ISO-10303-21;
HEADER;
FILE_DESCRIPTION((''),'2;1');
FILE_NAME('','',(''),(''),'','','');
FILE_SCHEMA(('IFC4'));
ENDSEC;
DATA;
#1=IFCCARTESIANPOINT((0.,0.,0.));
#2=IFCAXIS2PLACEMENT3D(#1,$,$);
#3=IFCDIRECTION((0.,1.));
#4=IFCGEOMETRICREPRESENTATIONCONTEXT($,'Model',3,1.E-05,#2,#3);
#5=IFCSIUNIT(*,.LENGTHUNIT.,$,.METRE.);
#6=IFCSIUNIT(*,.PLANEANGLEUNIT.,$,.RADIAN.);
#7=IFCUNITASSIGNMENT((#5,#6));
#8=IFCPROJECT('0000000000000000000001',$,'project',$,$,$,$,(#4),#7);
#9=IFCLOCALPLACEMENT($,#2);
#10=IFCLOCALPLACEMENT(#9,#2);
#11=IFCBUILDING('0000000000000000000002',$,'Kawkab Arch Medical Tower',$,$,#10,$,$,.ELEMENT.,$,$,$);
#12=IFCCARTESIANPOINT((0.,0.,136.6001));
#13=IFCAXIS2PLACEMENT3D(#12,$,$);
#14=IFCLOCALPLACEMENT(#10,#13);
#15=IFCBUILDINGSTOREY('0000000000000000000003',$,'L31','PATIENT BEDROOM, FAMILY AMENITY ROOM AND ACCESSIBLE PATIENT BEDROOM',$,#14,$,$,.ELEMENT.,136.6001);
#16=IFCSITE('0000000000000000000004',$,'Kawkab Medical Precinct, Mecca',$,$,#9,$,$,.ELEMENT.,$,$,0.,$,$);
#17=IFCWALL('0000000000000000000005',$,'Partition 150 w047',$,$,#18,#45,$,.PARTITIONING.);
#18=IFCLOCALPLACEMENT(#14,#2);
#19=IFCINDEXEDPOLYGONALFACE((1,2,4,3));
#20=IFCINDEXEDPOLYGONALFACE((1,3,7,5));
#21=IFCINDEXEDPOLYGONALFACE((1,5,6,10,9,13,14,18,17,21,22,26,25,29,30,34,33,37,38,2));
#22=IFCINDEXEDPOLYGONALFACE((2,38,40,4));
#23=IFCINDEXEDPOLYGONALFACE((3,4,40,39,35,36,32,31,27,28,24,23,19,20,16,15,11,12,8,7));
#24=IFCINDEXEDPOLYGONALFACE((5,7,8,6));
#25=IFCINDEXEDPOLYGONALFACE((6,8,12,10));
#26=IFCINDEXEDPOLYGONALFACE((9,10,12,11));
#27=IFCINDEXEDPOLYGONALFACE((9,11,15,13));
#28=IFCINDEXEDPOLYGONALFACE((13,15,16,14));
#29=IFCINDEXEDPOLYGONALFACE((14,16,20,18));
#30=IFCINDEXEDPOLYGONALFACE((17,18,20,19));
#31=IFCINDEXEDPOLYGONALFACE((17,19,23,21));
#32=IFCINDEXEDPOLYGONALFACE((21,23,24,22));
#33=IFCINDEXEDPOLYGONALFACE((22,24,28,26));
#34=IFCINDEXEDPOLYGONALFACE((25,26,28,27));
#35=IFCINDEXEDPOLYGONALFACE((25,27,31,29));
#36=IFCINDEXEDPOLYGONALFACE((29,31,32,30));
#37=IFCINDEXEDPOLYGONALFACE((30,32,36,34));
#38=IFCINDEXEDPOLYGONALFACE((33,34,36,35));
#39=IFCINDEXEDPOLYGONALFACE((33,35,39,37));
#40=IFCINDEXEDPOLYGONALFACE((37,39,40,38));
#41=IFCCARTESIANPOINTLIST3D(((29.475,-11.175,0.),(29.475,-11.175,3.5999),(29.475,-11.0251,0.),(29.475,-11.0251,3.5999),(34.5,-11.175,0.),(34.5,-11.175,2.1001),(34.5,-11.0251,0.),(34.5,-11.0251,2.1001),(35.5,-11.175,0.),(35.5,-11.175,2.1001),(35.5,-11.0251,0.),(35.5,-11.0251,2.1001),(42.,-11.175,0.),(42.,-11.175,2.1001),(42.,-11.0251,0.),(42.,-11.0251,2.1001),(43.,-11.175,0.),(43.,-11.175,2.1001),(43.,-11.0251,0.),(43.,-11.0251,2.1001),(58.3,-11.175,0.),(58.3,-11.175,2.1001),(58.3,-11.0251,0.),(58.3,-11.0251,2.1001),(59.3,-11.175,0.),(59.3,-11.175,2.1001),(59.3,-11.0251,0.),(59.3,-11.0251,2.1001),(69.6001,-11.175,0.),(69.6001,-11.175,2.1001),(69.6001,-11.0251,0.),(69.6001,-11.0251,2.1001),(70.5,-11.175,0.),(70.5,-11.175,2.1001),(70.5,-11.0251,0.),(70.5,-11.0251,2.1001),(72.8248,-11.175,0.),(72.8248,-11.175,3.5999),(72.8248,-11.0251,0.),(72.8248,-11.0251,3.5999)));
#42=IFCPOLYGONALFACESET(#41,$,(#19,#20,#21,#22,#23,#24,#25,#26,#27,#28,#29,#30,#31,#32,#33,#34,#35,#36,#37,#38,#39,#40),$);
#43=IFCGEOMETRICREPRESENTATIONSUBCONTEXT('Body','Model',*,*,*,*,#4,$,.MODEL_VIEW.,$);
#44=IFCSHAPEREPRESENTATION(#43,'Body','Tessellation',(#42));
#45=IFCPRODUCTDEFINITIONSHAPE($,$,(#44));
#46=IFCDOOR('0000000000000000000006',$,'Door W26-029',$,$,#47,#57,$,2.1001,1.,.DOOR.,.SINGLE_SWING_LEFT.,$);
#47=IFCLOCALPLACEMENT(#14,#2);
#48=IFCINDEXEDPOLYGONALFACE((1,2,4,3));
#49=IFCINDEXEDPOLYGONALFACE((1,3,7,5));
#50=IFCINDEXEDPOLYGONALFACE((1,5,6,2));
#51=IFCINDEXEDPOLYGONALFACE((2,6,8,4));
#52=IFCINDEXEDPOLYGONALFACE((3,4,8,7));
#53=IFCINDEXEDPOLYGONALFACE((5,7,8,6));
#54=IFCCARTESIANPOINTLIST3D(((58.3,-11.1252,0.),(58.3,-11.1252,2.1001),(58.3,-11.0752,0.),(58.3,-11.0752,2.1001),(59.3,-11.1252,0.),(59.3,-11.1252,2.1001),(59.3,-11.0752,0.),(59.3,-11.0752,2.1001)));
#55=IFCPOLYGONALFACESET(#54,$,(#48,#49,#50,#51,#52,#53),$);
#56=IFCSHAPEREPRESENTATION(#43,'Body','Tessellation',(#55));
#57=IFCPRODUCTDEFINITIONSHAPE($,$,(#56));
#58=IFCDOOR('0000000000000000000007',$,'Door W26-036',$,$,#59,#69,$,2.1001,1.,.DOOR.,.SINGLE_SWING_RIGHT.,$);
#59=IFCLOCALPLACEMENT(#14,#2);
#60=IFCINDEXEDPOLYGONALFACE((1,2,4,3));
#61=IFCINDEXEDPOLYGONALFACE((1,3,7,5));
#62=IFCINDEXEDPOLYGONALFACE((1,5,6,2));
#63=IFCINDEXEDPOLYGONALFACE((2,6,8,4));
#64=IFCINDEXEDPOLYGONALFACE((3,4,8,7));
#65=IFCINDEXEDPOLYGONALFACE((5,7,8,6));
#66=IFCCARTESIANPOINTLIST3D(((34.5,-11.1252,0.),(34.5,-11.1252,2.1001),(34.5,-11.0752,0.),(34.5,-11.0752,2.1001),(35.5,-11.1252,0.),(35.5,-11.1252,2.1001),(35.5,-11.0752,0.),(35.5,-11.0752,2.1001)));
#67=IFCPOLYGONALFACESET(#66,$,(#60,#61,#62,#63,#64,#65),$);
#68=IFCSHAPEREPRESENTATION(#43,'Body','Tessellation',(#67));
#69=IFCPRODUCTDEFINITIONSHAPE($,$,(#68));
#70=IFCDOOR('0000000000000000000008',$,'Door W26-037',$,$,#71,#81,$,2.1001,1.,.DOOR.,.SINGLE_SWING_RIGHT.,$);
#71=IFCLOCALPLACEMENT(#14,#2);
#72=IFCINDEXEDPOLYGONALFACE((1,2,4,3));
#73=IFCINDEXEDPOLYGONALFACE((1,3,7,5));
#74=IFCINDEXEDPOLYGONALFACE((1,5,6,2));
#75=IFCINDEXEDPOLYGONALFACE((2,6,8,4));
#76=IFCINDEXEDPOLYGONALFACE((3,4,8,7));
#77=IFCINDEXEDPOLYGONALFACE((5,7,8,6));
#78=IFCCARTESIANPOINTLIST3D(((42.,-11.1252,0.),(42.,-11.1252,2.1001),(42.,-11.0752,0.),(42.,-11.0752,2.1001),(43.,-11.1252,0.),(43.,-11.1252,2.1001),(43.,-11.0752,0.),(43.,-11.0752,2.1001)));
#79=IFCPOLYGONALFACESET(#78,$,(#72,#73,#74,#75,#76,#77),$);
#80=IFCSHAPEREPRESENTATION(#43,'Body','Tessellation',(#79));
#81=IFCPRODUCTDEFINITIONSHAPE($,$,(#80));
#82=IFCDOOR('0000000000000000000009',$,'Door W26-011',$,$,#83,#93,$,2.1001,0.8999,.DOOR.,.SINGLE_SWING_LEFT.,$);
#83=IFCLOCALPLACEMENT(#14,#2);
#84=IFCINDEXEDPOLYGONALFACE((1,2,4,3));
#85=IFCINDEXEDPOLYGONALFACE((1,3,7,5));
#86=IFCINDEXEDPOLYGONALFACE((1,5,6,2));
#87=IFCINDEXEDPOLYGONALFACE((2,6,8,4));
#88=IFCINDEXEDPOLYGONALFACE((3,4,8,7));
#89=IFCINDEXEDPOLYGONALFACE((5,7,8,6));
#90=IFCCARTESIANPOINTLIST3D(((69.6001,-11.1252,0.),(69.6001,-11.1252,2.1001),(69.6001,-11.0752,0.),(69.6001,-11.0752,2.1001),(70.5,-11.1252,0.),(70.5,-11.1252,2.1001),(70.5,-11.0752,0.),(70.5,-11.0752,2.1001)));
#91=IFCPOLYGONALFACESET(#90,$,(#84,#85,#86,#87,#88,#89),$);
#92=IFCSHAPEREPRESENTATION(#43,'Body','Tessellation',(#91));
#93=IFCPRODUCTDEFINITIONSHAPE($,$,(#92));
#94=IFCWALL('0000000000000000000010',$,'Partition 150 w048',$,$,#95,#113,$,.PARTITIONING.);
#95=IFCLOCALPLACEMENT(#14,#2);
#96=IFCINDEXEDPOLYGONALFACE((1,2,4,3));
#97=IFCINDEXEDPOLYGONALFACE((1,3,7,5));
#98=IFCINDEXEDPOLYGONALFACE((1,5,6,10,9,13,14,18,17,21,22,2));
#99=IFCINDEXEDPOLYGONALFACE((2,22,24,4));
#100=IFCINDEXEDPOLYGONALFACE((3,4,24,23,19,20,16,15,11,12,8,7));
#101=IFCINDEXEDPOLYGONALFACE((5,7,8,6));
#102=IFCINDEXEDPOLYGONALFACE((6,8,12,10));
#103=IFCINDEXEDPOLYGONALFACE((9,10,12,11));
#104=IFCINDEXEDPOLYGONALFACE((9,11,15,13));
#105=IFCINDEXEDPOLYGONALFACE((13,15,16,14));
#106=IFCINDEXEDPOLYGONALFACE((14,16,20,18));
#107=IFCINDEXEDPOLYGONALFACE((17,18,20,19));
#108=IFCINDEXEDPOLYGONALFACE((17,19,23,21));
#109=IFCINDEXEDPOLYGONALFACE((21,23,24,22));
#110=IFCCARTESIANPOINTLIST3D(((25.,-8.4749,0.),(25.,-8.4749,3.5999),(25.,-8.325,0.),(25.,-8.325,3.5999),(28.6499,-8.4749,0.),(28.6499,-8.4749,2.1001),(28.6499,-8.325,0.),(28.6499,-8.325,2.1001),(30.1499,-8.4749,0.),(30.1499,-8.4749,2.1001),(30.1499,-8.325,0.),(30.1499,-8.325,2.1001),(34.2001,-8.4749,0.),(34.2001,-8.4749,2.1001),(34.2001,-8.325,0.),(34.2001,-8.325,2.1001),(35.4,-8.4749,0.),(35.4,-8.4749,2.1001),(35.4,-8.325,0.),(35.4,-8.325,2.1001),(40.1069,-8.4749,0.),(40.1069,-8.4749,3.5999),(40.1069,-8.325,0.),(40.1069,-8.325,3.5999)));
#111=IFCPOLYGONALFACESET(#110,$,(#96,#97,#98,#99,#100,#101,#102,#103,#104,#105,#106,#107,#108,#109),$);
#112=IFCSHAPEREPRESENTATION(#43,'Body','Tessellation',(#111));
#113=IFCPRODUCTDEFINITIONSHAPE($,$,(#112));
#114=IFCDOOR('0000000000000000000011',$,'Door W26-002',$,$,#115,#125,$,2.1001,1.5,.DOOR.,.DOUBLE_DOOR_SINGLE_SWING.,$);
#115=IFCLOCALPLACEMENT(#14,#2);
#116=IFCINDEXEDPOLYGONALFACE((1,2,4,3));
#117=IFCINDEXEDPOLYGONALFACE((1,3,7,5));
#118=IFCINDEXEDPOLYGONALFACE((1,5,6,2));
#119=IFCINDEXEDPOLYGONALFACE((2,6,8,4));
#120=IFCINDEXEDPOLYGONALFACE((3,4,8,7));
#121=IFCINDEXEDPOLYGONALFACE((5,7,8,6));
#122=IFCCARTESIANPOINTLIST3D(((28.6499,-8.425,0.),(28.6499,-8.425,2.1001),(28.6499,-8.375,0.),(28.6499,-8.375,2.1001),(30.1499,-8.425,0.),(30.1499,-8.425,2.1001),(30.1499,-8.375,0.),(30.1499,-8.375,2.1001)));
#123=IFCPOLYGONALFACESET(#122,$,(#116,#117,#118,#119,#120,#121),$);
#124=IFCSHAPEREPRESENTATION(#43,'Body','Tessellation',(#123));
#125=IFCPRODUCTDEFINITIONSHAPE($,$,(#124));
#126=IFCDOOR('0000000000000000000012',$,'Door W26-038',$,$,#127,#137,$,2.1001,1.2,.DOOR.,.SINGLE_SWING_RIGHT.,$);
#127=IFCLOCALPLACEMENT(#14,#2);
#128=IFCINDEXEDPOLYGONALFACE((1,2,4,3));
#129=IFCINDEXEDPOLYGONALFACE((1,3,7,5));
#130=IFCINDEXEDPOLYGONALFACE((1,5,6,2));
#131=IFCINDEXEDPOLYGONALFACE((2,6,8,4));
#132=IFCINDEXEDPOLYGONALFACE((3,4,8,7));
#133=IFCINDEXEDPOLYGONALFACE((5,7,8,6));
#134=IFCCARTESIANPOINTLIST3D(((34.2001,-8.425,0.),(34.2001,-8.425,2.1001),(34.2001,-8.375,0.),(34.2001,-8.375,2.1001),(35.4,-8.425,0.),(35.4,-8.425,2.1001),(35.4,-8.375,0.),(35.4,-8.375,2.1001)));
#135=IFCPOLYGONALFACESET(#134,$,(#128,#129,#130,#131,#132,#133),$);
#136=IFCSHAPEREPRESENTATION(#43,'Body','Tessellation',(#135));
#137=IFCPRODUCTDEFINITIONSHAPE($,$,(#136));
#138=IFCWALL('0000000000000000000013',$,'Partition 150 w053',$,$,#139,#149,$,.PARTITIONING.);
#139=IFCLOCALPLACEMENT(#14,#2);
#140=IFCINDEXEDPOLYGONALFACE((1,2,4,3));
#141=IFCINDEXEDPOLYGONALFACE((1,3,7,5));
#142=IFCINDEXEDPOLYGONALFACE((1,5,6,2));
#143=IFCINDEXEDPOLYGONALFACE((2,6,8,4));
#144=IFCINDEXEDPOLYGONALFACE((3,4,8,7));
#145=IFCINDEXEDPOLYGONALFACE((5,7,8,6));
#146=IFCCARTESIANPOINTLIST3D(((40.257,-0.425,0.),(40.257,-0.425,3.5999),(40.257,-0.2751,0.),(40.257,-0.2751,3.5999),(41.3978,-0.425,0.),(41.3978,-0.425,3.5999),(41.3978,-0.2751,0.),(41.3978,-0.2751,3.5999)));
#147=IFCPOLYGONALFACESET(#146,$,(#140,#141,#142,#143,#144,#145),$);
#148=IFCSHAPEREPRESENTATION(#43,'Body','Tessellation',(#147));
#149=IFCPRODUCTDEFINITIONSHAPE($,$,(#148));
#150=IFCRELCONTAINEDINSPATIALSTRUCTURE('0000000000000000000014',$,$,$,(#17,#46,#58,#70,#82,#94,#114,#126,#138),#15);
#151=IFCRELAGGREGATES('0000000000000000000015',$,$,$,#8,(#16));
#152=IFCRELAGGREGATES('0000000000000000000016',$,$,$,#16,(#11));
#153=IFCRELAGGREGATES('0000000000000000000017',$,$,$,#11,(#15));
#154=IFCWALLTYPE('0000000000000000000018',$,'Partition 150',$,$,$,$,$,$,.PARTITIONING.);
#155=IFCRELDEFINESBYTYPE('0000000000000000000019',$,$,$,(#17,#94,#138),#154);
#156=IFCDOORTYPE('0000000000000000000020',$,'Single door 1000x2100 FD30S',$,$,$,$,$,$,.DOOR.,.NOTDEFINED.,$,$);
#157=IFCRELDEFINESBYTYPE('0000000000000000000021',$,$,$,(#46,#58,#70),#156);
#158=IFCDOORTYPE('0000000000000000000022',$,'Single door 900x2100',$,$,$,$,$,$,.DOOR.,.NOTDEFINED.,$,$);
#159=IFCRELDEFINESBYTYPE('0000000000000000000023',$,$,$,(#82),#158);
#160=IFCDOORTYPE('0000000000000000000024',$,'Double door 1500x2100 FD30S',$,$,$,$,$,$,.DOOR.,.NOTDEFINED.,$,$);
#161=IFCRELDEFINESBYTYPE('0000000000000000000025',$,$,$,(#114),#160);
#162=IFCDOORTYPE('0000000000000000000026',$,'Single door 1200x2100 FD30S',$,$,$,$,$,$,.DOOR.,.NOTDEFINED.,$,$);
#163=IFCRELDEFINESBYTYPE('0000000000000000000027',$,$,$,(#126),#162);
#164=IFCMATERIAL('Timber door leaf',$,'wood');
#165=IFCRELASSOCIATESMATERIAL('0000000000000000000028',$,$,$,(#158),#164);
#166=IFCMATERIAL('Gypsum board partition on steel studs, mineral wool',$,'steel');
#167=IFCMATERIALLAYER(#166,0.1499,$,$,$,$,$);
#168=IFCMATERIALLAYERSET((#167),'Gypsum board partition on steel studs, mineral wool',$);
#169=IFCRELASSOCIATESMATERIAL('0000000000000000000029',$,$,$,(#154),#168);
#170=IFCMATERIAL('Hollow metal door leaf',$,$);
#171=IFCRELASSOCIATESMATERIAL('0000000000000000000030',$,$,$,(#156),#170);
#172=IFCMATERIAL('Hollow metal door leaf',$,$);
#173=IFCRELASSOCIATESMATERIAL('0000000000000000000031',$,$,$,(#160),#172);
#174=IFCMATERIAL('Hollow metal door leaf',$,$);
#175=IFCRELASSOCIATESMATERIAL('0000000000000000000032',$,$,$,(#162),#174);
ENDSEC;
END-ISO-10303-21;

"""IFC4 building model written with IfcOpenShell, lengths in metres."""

from ifc_helpers import new_model, si_unit, direction, frame, frame_2d, origin, place, context, subcontext, project, spatial, rectangle, extrude, material, layer, layer_set, type_object, element, fill, save


model = new_model("IFC4")

# Units and contexts
model_context = context("Model", 3, precision=1e-05, world=origin(), true_north=direction((0.0, 1.0)))
body_context = subcontext(model_context, "Body", "Model", "MODEL_VIEW")
ifc_project = project(units=[si_unit("LENGTHUNIT", "METRE"), si_unit("PLANEANGLEUNIT", "RADIAN")], contexts=[model_context])

# Site, building, storey
site_placement = place(None, origin())
site = spatial("IfcSite", under=ifc_project, at=site_placement, Name="Kawkab Medical Precinct, Mecca", CompositionType="ELEMENT", RefElevation=0.0)
building_placement = place(site_placement, origin())
building = spatial("IfcBuilding", under=site, at=building_placement, Name="Kawkab Arch Medical Tower", CompositionType="ELEMENT")
storey_placement = place(building_placement, frame((0.0, 0.0, 136.6001)))
storey = spatial("IfcBuildingStorey", under=building, at=storey_placement, Name="L31", Description="PATIENT BEDROOM, FAMILY AMENITY ROOM AND ACCESSIBLE PATIENT BEDROOM", CompositionType="ELEMENT", Elevation=136.6001)

# Shared definitions
ifc_material_1 = material(Name="Timber door leaf", Category="wood")
door_type_1 = type_object("IfcDoorType", Name="Single door 900x2100", OperationType="NOTDEFINED", PredefinedType="DOOR", material=ifc_material_1)

# Shared definitions
ifc_material_2 = material(Name="Gypsum board partition on steel studs, mineral wool", Category="steel")
ifc_layer_1 = layer(ifc_material_2, 0.1499)
ifc_layer_set_1 = layer_set([ifc_layer_1], Name="Gypsum board partition on steel studs, mineral wool")
wall_type_1 = type_object("IfcWallType", Name="Partition 150", PredefinedType="PARTITIONING", material=ifc_layer_set_1)
ifc_material_3 = material(Name="Hollow metal door leaf")
door_type_2 = type_object("IfcDoorType", Name="Single door 1000x2100 FD30S", OperationType="NOTDEFINED", PredefinedType="DOOR", material=ifc_material_3)

# Walls, openings, doors
wall_1_placement = place(storey_placement, frame((29.4751, -11.1001, 0.0), z_axis=(0.0, 0.0, 1.0), x_axis=(1.0, 0.0, 0.0)))
wall_1 = element("IfcWall", 1, at=wall_1_placement, inside=storey, type_object=wall_type_1, Name="Partition 150 w047", PredefinedType="PARTITIONING", context=body_context, shape_type="SweptSolid", body=[
    extrude(rectangle(XDim=43.3499, YDim=0.1499, at=frame_2d((21.6748, 0.0))), origin(), (0.0, 0.0, 1.0), 3.5999),
])
opening_1_placement = place(wall_1_placement, frame((28.825, 0.0, 0.0)))
opening_1 = element("IfcOpeningElement", 2, at=opening_1_placement, cuts=wall_1, PredefinedType="OPENING", context=body_context, shape_type="SweptSolid", body=[
    extrude(rectangle(XDim=1.0, YDim=2.1001, at=frame_2d((0.5, 1.05))), frame((0.0, 0.085, 0.0), z_axis=(0.0, -1.0, 0.0), x_axis=(1.0, 0.0, 0.0)), (0.0, 0.0, 1.0), 0.1699),
])
opening_2_placement = place(wall_1_placement, frame((40.125, 0.0, 0.0)))
opening_2 = element("IfcOpeningElement", 3, at=opening_2_placement, cuts=wall_1, PredefinedType="OPENING", context=body_context, shape_type="SweptSolid", body=[
    extrude(rectangle(XDim=0.8999, YDim=2.1001, at=frame_2d((0.45, 1.05))), frame((0.0, 0.085, 0.0), z_axis=(0.0, -1.0, 0.0), x_axis=(1.0, 0.0, 0.0)), (0.0, 0.0, 1.0), 0.1699),
])
opening_3_placement = place(wall_1_placement, frame((5.0249, 0.0, 0.0)))
opening_3 = element("IfcOpeningElement", 4, at=opening_3_placement, cuts=wall_1, PredefinedType="OPENING", context=body_context, shape_type="SweptSolid", body=[
    extrude(rectangle(XDim=1.0, YDim=2.1001, at=frame_2d((0.5, 1.05))), frame((0.0, 0.085, 0.0), z_axis=(0.0, -1.0, 0.0), x_axis=(1.0, 0.0, 0.0)), (0.0, 0.0, 1.0), 0.1699),
])
opening_4_placement = place(wall_1_placement, frame((12.5249, 0.0, 0.0)))
opening_4 = element("IfcOpeningElement", 5, at=opening_4_placement, cuts=wall_1, PredefinedType="OPENING", context=body_context, shape_type="SweptSolid", body=[
    extrude(rectangle(XDim=1.0, YDim=2.1001, at=frame_2d((0.5, 1.05))), frame((0.0, 0.085, 0.0), z_axis=(0.0, -1.0, 0.0), x_axis=(1.0, 0.0, 0.0)), (0.0, 0.0, 1.0), 0.1699),
])
door_1_placement = place(opening_1_placement, origin())
door_1 = element("IfcDoor", 6, at=door_1_placement, inside=storey, type_object=door_type_2, Name="Door W26-029", OperationType="SINGLE_SWING_LEFT", OverallHeight=2.1001, OverallWidth=1.0, PredefinedType="DOOR", context=body_context, shape_type="SweptSolid", body=[
    extrude(rectangle(XDim=1.0, YDim=2.1001, at=frame_2d((0.5, 1.05))), frame((0.0, 0.0249, 0.0), z_axis=(0.0, -1.0, 0.0), x_axis=(1.0, 0.0, 0.0)), (0.0, 0.0, 1.0), 0.05),
])
fill(opening_1, door_1)
door_2_placement = place(opening_3_placement, origin())
door_2 = element("IfcDoor", 7, at=door_2_placement, inside=storey, type_object=door_type_2, Name="Door W26-036", OperationType="SINGLE_SWING_RIGHT", OverallHeight=2.1001, OverallWidth=1.0, PredefinedType="DOOR", context=body_context, shape_type="SweptSolid", body=[
    extrude(rectangle(XDim=1.0, YDim=2.1001, at=frame_2d((0.5, 1.05))), frame((0.0, 0.0249, 0.0), z_axis=(0.0, -1.0, 0.0), x_axis=(1.0, 0.0, 0.0)), (0.0, 0.0, 1.0), 0.05),
])
fill(opening_3, door_2)
door_3_placement = place(opening_4_placement, origin())
door_3 = element("IfcDoor", 8, at=door_3_placement, inside=storey, type_object=door_type_2, Name="Door W26-037", OperationType="SINGLE_SWING_RIGHT", OverallHeight=2.1001, OverallWidth=1.0, PredefinedType="DOOR", context=body_context, shape_type="SweptSolid", body=[
    extrude(rectangle(XDim=1.0, YDim=2.1001, at=frame_2d((0.5, 1.05))), frame((0.0, 0.0249, 0.0), z_axis=(0.0, -1.0, 0.0), x_axis=(1.0, 0.0, 0.0)), (0.0, 0.0, 1.0), 0.05),
])
fill(opening_4, door_3)
door_4_placement = place(opening_2_placement, origin())
door_4 = element("IfcDoor", 9, at=door_4_placement, inside=storey, type_object=door_type_1, Name="Door W26-011", OperationType="SINGLE_SWING_LEFT", OverallHeight=2.1001, OverallWidth=0.8999, PredefinedType="DOOR", context=body_context, shape_type="SweptSolid", body=[
    extrude(rectangle(XDim=0.8999, YDim=2.1001, at=frame_2d((0.45, 1.05))), frame((0.0, 0.0249, 0.0), z_axis=(0.0, -1.0, 0.0), x_axis=(1.0, 0.0, 0.0)), (0.0, 0.0, 1.0), 0.05),
])
fill(opening_2, door_4)
wall_2_placement = place(storey_placement, frame((25.0, -8.3999, 0.0), z_axis=(0.0, 0.0, 1.0), x_axis=(1.0, 0.0, 0.0)))
wall_2 = element("IfcWall", 10, at=wall_2_placement, inside=storey, type_object=wall_type_1, Name="Partition 150 w048", PredefinedType="PARTITIONING", context=body_context, shape_type="SweptSolid", body=[
    extrude(rectangle(XDim=15.1069, YDim=0.1499, at=frame_2d((7.5535, 0.0))), origin(), (0.0, 0.0, 1.0), 3.5999),
])
opening_5_placement = place(wall_2_placement, frame((3.6499, 0.0, 0.0)))
opening_5 = element("IfcOpeningElement", 11, at=opening_5_placement, cuts=wall_2, PredefinedType="OPENING", context=body_context, shape_type="SweptSolid", body=[
    extrude(rectangle(XDim=1.5, YDim=2.1001, at=frame_2d((0.75, 1.05))), frame((0.0, 0.085, 0.0), z_axis=(0.0, -1.0, 0.0), x_axis=(1.0, 0.0, 0.0)), (0.0, 0.0, 1.0), 0.1699),
])
opening_6_placement = place(wall_2_placement, frame((9.2, 0.0, 0.0)))
opening_6 = element("IfcOpeningElement", 12, at=opening_6_placement, cuts=wall_2, PredefinedType="OPENING", context=body_context, shape_type="SweptSolid", body=[
    extrude(rectangle(XDim=1.2, YDim=2.1001, at=frame_2d((0.6001, 1.05))), frame((0.0, 0.085, 0.0), z_axis=(0.0, -1.0, 0.0), x_axis=(1.0, 0.0, 0.0)), (0.0, 0.0, 1.0), 0.1699),
])
ifc_material_4 = material(Name="Hollow metal door leaf")
door_type_3 = type_object("IfcDoorType", Name="Double door 1500x2100 FD30S", OperationType="NOTDEFINED", PredefinedType="DOOR", material=ifc_material_4)
door_5_placement = place(opening_5_placement, origin())
door_5 = element("IfcDoor", 13, at=door_5_placement, inside=storey, type_object=door_type_3, Name="Door W26-002", OperationType="DOUBLE_DOOR_SINGLE_SWING", OverallHeight=2.1001, OverallWidth=1.5, PredefinedType="DOOR", context=body_context, shape_type="SweptSolid", body=[
    extrude(rectangle(XDim=1.5, YDim=2.1001, at=frame_2d((0.75, 1.05))), frame((0.0, 0.0249, 0.0), z_axis=(0.0, -1.0, 0.0), x_axis=(1.0, 0.0, 0.0)), (0.0, 0.0, 1.0), 0.05),
])
fill(opening_5, door_5)
ifc_material_5 = material(Name="Hollow metal door leaf")
door_type_4 = type_object("IfcDoorType", Name="Single door 1200x2100 FD30S", OperationType="NOTDEFINED", PredefinedType="DOOR", material=ifc_material_5)
door_6_placement = place(opening_6_placement, origin())
door_6 = element("IfcDoor", 14, at=door_6_placement, inside=storey, type_object=door_type_4, Name="Door W26-038", OperationType="SINGLE_SWING_RIGHT", OverallHeight=2.1001, OverallWidth=1.2, PredefinedType="DOOR", context=body_context, shape_type="SweptSolid", body=[
    extrude(rectangle(XDim=1.2, YDim=2.1001, at=frame_2d((0.6001, 1.05))), frame((0.0, 0.0249, 0.0), z_axis=(0.0, -1.0, 0.0), x_axis=(1.0, 0.0, 0.0)), (0.0, 0.0, 1.0), 0.05),
])
fill(opening_6, door_6)

# Wall
wall_3_placement = place(storey_placement, frame((40.2571, -0.3501, 0.0), z_axis=(0.0, 0.0, 1.0), x_axis=(1.0, 0.0, 0.0)))
element("IfcWall", 15, at=wall_3_placement, inside=storey, type_object=wall_type_1, Name="Partition 150 w053", PredefinedType="PARTITIONING", context=body_context, shape_type="SweptSolid", body=[
    extrude(rectangle(XDim=1.1409, YDim=0.1499, at=frame_2d((0.5703, 0.0))), origin(), (0.0, 0.0, 1.0), 3.5999),
])

save(model, "model.ifc")
